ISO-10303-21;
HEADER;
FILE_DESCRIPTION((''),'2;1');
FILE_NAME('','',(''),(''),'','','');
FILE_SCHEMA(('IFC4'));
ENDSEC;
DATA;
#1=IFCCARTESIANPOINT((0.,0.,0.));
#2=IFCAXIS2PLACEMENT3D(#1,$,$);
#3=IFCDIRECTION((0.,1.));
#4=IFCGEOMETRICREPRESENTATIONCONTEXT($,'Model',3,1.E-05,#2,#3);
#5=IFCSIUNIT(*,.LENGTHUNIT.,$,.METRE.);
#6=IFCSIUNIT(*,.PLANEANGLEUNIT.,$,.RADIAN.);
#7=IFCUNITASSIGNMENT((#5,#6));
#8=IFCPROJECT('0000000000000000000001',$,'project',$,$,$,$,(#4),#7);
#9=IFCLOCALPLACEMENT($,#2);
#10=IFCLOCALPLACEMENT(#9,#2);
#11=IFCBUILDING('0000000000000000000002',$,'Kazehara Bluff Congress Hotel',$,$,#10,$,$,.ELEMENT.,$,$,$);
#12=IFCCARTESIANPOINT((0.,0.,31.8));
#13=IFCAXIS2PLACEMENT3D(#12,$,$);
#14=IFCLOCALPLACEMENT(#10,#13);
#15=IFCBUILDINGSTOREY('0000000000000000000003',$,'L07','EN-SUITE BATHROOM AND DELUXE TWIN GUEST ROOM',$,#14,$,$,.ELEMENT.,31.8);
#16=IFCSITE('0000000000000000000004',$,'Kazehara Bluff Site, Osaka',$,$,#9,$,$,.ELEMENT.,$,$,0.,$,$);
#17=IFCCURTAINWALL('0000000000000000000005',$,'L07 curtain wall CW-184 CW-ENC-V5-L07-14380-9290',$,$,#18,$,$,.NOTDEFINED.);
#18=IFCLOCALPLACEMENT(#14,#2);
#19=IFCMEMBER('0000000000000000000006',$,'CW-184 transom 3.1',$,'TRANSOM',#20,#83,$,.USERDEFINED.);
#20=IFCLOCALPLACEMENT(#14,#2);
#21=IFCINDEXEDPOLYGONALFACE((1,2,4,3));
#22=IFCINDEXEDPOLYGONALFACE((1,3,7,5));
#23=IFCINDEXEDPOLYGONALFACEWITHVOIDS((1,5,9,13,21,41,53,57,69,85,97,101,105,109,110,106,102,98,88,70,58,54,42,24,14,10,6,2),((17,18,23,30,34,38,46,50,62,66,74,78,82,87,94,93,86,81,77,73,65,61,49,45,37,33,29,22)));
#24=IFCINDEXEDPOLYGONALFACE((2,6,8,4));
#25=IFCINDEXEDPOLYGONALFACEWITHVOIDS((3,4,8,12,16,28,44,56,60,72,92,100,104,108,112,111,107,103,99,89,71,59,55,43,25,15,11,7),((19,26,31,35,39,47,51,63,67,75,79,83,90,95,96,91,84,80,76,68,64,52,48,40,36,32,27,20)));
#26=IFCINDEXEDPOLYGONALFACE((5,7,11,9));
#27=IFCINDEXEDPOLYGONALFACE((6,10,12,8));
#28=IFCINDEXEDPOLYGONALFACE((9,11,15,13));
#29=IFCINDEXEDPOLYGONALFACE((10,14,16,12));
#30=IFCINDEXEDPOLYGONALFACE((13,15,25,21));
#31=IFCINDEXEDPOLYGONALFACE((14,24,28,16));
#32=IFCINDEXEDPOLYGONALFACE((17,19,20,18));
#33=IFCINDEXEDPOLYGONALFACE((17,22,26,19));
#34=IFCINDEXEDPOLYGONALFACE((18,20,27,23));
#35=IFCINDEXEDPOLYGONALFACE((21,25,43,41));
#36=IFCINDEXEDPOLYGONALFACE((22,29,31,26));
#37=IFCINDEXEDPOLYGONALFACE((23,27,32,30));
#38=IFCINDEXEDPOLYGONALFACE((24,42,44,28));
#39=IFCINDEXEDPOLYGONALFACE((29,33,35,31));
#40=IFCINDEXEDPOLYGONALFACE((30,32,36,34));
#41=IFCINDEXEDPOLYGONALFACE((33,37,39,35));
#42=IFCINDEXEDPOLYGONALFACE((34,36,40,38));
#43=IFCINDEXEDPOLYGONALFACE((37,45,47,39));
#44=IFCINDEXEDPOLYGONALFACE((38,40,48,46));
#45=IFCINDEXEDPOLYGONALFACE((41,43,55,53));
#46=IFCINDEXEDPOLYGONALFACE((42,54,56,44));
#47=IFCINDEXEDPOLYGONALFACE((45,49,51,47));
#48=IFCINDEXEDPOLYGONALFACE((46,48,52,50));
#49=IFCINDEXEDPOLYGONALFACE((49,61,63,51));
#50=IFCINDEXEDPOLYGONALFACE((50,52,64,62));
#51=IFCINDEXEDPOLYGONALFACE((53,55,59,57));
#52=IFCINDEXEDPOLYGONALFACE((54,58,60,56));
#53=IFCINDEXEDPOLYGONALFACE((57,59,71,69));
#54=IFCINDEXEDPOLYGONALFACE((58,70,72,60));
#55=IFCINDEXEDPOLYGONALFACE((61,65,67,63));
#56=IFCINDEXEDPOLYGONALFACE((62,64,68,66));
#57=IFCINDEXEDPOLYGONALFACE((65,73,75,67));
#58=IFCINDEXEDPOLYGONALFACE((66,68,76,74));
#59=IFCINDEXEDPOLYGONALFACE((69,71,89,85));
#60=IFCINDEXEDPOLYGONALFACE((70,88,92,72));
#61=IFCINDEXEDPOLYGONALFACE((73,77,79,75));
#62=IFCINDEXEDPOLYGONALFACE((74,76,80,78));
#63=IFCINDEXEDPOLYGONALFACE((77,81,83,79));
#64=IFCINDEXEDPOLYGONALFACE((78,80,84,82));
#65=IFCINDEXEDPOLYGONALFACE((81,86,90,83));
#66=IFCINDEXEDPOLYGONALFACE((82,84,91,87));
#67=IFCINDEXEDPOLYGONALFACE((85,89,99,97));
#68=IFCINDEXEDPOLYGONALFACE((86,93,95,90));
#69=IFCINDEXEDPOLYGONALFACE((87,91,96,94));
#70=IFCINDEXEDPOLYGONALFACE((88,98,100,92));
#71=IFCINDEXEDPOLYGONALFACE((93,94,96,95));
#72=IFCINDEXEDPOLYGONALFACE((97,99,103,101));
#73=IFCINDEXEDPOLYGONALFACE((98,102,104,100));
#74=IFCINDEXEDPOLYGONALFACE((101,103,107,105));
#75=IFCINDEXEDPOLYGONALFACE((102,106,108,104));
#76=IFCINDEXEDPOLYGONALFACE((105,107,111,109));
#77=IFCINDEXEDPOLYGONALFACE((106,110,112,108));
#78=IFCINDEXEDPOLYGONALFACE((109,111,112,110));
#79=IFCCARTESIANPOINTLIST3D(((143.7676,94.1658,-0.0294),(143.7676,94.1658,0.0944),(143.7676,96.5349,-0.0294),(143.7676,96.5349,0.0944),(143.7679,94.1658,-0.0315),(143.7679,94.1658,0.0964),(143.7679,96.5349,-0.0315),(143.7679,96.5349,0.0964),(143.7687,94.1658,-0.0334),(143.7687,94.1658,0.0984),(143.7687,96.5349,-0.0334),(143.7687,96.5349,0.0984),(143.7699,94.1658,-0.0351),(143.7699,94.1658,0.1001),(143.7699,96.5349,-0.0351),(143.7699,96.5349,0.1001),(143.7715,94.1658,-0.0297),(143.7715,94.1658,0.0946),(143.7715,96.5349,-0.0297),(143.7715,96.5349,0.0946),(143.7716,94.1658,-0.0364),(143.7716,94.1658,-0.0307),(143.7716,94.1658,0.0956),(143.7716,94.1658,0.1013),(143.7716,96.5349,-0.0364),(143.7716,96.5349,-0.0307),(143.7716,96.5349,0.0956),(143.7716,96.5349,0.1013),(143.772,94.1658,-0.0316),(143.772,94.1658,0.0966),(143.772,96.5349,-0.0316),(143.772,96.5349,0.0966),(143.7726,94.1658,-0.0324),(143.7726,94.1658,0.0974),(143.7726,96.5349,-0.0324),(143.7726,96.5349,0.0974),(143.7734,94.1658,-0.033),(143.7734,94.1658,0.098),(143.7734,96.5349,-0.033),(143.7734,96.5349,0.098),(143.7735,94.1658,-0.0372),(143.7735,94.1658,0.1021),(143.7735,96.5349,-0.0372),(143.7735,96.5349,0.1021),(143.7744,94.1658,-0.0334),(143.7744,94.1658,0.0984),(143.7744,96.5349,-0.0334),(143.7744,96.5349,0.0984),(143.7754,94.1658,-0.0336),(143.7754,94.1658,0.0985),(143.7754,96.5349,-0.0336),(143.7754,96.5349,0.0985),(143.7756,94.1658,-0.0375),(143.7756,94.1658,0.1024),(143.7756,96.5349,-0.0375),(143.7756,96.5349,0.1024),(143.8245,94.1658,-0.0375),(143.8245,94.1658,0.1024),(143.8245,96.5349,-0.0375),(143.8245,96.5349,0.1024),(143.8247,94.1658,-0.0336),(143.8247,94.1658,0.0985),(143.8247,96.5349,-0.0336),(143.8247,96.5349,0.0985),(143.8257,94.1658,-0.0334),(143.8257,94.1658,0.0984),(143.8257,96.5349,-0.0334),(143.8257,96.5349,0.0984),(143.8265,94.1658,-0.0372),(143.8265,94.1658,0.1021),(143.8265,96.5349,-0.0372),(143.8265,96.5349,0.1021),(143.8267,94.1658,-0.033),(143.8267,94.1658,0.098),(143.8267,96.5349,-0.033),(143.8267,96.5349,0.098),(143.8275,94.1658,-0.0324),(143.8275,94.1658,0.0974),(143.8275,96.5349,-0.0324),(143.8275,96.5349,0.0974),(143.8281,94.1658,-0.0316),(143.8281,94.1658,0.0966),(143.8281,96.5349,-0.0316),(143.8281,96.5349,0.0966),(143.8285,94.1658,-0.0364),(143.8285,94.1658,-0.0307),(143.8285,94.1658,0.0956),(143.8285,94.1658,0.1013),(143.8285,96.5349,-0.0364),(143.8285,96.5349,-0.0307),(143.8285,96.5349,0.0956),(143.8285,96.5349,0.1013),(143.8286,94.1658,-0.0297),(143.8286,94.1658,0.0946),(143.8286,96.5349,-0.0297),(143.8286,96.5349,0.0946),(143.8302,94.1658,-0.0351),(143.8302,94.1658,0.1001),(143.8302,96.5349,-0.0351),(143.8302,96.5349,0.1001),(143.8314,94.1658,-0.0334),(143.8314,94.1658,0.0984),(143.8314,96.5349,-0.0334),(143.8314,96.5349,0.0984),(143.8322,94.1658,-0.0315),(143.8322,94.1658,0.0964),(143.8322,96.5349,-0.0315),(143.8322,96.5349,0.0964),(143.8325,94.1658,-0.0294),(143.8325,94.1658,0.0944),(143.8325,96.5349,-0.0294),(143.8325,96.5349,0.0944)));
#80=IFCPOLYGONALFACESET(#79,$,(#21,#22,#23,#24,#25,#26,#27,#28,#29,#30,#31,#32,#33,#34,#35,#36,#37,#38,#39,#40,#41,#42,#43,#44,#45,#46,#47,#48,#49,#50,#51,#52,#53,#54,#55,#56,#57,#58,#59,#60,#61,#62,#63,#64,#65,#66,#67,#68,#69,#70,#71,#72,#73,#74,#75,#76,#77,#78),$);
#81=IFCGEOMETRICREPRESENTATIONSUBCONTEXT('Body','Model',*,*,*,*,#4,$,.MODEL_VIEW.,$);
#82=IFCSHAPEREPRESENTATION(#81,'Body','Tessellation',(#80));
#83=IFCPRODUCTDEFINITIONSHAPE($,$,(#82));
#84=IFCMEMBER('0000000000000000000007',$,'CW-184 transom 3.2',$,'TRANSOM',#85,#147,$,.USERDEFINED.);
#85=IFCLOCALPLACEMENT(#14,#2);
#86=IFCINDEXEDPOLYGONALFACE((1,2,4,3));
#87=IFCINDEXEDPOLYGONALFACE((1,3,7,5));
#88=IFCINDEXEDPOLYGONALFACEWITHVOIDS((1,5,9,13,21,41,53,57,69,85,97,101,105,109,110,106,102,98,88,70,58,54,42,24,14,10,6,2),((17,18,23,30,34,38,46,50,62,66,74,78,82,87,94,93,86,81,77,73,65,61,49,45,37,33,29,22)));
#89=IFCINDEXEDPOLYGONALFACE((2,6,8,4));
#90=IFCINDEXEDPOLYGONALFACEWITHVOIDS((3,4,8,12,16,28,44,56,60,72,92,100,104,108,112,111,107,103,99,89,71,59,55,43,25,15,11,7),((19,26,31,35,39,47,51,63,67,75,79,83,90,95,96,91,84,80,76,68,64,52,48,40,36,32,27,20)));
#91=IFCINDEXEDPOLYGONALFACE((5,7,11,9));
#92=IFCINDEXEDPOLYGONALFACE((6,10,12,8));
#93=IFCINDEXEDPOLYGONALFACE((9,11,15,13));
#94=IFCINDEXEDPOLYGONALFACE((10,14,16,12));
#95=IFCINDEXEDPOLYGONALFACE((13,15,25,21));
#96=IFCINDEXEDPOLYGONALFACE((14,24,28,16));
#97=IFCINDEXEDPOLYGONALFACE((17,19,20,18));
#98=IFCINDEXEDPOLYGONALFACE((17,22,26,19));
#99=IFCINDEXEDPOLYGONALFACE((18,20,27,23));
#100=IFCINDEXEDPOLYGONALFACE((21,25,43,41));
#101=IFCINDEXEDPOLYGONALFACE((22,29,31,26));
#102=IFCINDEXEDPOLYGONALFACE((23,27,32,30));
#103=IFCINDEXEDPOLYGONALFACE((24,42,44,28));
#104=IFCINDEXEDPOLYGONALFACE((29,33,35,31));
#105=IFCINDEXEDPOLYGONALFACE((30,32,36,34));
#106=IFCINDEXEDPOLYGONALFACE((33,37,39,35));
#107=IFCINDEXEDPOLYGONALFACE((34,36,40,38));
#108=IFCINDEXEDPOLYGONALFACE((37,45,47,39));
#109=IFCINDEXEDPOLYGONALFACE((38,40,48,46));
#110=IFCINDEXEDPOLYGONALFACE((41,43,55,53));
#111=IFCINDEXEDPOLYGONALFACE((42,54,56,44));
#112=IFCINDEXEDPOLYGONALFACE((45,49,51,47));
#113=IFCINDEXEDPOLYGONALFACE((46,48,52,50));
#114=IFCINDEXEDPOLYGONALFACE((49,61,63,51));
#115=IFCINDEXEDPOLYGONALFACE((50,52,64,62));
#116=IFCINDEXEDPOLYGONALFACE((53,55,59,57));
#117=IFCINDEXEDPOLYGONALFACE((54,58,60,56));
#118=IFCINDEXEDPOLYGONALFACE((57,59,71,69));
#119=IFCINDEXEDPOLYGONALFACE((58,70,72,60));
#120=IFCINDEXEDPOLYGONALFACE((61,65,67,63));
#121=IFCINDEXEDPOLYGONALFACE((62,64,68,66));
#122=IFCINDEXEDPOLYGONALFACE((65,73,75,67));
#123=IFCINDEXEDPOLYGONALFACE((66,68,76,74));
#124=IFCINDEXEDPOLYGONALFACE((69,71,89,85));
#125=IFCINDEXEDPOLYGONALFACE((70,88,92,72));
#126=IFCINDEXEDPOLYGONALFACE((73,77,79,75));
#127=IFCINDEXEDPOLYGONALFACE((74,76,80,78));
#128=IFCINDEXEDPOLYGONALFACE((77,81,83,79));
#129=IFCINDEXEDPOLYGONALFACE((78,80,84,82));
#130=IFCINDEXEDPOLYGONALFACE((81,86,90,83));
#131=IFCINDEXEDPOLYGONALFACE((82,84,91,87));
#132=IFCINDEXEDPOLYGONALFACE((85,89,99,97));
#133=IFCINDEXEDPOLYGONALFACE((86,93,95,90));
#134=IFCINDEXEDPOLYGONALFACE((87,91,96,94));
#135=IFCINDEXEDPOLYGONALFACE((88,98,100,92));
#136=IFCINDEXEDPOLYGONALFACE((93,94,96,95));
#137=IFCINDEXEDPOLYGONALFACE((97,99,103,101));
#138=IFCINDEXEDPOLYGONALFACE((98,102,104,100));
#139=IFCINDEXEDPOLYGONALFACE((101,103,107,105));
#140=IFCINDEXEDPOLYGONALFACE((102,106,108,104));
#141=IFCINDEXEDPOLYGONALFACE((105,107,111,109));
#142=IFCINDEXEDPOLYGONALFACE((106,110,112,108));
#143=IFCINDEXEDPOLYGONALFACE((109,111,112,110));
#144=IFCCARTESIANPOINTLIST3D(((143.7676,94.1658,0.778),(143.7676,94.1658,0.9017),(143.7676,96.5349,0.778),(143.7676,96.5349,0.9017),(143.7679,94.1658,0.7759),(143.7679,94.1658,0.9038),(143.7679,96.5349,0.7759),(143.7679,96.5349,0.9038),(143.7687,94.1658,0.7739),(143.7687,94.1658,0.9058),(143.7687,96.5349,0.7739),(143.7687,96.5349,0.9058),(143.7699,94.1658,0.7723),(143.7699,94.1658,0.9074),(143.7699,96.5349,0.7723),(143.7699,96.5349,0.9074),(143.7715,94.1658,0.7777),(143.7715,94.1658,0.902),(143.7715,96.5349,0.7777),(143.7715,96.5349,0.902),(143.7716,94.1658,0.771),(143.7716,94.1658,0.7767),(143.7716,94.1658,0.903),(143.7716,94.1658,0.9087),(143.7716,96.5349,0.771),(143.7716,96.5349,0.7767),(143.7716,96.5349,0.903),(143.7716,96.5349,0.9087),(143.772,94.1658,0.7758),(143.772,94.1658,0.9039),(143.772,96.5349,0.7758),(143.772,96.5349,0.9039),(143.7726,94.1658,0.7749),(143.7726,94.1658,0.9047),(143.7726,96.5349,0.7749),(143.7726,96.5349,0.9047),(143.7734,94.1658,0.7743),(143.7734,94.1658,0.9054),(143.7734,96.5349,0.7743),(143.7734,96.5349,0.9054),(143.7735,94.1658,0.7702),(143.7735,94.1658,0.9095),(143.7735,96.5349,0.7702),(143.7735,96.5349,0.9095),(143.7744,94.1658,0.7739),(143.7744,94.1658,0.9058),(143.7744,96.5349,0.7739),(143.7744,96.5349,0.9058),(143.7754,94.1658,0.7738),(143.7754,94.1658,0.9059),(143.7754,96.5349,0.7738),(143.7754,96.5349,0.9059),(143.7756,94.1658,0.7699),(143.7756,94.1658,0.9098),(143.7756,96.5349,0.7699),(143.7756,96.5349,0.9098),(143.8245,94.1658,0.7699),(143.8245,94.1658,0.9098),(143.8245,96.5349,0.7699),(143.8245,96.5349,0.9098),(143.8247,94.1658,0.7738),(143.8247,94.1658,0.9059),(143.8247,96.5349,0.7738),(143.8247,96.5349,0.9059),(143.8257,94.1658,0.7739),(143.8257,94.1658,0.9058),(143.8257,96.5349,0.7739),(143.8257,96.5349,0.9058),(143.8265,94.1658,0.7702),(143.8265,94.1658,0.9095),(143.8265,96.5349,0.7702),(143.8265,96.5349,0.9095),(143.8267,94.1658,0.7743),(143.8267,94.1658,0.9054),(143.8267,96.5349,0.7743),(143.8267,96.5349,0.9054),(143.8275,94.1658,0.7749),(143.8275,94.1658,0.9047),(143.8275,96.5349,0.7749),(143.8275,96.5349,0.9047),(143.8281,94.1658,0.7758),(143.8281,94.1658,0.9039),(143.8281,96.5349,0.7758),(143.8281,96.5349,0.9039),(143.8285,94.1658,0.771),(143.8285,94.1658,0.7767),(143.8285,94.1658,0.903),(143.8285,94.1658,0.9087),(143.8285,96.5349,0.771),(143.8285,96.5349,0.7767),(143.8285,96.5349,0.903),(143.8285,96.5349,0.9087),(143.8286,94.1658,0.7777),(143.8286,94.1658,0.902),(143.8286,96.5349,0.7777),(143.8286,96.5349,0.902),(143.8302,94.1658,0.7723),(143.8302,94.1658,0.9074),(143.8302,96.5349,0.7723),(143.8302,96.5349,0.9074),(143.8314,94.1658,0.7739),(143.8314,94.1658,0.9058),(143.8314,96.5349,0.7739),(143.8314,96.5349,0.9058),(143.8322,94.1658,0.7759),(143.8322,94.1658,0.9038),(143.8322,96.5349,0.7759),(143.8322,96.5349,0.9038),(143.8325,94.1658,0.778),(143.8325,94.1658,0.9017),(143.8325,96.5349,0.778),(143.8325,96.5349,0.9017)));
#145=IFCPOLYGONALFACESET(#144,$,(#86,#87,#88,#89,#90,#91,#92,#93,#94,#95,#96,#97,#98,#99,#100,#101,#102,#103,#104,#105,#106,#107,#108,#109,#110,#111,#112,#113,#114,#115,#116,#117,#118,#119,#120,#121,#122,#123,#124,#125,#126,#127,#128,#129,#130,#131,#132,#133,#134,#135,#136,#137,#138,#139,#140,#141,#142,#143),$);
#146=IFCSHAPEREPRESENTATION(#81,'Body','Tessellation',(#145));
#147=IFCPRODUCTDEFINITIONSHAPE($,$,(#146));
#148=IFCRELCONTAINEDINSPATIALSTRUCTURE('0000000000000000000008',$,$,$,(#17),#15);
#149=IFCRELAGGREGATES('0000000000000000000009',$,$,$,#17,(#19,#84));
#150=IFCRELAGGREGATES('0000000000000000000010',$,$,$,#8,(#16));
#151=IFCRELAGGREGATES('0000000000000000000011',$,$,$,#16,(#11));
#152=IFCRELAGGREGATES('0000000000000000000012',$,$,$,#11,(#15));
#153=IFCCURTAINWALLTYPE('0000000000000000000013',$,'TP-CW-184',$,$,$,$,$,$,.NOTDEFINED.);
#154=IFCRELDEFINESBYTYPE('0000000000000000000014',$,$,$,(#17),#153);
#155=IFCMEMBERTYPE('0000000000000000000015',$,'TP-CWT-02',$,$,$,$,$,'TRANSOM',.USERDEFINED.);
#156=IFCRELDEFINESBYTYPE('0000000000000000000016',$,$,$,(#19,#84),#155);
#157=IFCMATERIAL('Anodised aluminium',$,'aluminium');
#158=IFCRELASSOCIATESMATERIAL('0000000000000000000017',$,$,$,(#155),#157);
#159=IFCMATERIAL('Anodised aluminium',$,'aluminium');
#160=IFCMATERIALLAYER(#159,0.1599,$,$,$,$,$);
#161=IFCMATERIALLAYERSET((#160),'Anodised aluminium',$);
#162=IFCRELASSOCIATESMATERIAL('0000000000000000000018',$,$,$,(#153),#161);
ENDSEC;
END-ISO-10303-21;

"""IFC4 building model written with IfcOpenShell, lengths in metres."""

from ifc_helpers import new_model, si_unit, direction, frame, origin, origin_2d, place, context, subcontext, project, spatial, hollow_rectangle, extrude, material, layer, layer_set, material_profile, profile_set, type_object, element, aggregate, save


model = new_model("IFC4")

# Units and contexts
model_context = context("Model", 3, precision=1e-05, world=origin(), true_north=direction((0.0, 1.0)))
body_context = subcontext(model_context, "Body", "Model", "MODEL_VIEW")
ifc_project = project(units=[si_unit("LENGTHUNIT", "METRE"), si_unit("PLANEANGLEUNIT", "RADIAN")], contexts=[model_context])

# Site, building, storey
site_placement = place(None, origin())
site = spatial("IfcSite", under=ifc_project, at=site_placement, Name="Kazehara Bluff Site, Osaka", CompositionType="ELEMENT", RefElevation=0.0)
building_placement = place(site_placement, origin())
building = spatial("IfcBuilding", under=site, at=building_placement, Name="Kazehara Bluff Congress Hotel", CompositionType="ELEMENT")
storey_placement = place(building_placement, frame((0.0, 0.0, 31.8)))
storey = spatial("IfcBuildingStorey", under=building, at=storey_placement, Name="L07", Description="EN-SUITE BATHROOM AND DELUXE TWIN GUEST ROOM", CompositionType="ELEMENT", Elevation=31.8)

# Curtain wall, members
ifc_material_1 = material(Name="Anodised aluminium", Category="aluminium")
ifc_material_profile_1 = material_profile(ifc_material_1, hollow_rectangle(XDim=0.0649, YDim=0.1399, WallThickness=0.0039, InnerFilletRadius=0.0039, OuterFilletRadius=0.0081, at=origin_2d()))
ifc_profile_set_1 = profile_set([ifc_material_profile_1], Name="Anodised aluminium")
member_type_1 = type_object("IfcMemberType", Name="TP-CWT-02", ElementType="TRANSOM", PredefinedType="USERDEFINED", material=ifc_profile_set_1)
ifc_material_2 = material(Name="Anodised aluminium", Category="aluminium")
ifc_layer_1 = layer(ifc_material_2, 0.1599)
ifc_layer_set_1 = layer_set([ifc_layer_1], Name="Anodised aluminium")
curtain_wall_type_1 = type_object("IfcCurtainWallType", Name="TP-CW-184", PredefinedType="NOTDEFINED", material=ifc_layer_set_1)
curtain_wall_1_placement = place(storey_placement, origin())
curtain_wall_1 = element("IfcCurtainWall", 1, at=curtain_wall_1_placement, inside=storey, type_object=curtain_wall_type_1, Name="L07 curtain wall CW-184 CW-ENC-V5-L07-14380-9290", PredefinedType="NOTDEFINED")
member_1_placement = place(storey_placement, frame((143.8, 94.1658, 0.0325), z_axis=(0.0, 1.0, 0.0), x_axis=(-1.0, 0.0, 0.0)))
member_1 = element("IfcMember", 2, at=member_1_placement, type_object=member_type_1, Name="CW-184 transom 3.1", ObjectType="TRANSOM", PredefinedType="USERDEFINED", context=body_context, shape_type="SweptSolid", body=[
    extrude(hollow_rectangle(XDim=0.0649, YDim=0.1399, WallThickness=0.0039, InnerFilletRadius=0.0039, OuterFilletRadius=0.0081, at=origin_2d()), origin(), (0.0, 0.0, 1.0), 2.3691),
])
member_2_placement = place(storey_placement, frame((143.8, 94.1658, 0.8398), z_axis=(0.0, 1.0, 0.0), x_axis=(-1.0, 0.0, 0.0)))
member_2 = element("IfcMember", 3, at=member_2_placement, type_object=member_type_1, Name="CW-184 transom 3.2", ObjectType="TRANSOM", PredefinedType="USERDEFINED", context=body_context, shape_type="SweptSolid", body=[
    extrude(hollow_rectangle(XDim=0.0649, YDim=0.1399, WallThickness=0.0039, InnerFilletRadius=0.0039, OuterFilletRadius=0.0081, at=origin_2d()), origin(), (0.0, 0.0, 1.0), 2.3691),
])

aggregate(curtain_wall_1, [member_1, member_2])

save(model, "model.ifc")
